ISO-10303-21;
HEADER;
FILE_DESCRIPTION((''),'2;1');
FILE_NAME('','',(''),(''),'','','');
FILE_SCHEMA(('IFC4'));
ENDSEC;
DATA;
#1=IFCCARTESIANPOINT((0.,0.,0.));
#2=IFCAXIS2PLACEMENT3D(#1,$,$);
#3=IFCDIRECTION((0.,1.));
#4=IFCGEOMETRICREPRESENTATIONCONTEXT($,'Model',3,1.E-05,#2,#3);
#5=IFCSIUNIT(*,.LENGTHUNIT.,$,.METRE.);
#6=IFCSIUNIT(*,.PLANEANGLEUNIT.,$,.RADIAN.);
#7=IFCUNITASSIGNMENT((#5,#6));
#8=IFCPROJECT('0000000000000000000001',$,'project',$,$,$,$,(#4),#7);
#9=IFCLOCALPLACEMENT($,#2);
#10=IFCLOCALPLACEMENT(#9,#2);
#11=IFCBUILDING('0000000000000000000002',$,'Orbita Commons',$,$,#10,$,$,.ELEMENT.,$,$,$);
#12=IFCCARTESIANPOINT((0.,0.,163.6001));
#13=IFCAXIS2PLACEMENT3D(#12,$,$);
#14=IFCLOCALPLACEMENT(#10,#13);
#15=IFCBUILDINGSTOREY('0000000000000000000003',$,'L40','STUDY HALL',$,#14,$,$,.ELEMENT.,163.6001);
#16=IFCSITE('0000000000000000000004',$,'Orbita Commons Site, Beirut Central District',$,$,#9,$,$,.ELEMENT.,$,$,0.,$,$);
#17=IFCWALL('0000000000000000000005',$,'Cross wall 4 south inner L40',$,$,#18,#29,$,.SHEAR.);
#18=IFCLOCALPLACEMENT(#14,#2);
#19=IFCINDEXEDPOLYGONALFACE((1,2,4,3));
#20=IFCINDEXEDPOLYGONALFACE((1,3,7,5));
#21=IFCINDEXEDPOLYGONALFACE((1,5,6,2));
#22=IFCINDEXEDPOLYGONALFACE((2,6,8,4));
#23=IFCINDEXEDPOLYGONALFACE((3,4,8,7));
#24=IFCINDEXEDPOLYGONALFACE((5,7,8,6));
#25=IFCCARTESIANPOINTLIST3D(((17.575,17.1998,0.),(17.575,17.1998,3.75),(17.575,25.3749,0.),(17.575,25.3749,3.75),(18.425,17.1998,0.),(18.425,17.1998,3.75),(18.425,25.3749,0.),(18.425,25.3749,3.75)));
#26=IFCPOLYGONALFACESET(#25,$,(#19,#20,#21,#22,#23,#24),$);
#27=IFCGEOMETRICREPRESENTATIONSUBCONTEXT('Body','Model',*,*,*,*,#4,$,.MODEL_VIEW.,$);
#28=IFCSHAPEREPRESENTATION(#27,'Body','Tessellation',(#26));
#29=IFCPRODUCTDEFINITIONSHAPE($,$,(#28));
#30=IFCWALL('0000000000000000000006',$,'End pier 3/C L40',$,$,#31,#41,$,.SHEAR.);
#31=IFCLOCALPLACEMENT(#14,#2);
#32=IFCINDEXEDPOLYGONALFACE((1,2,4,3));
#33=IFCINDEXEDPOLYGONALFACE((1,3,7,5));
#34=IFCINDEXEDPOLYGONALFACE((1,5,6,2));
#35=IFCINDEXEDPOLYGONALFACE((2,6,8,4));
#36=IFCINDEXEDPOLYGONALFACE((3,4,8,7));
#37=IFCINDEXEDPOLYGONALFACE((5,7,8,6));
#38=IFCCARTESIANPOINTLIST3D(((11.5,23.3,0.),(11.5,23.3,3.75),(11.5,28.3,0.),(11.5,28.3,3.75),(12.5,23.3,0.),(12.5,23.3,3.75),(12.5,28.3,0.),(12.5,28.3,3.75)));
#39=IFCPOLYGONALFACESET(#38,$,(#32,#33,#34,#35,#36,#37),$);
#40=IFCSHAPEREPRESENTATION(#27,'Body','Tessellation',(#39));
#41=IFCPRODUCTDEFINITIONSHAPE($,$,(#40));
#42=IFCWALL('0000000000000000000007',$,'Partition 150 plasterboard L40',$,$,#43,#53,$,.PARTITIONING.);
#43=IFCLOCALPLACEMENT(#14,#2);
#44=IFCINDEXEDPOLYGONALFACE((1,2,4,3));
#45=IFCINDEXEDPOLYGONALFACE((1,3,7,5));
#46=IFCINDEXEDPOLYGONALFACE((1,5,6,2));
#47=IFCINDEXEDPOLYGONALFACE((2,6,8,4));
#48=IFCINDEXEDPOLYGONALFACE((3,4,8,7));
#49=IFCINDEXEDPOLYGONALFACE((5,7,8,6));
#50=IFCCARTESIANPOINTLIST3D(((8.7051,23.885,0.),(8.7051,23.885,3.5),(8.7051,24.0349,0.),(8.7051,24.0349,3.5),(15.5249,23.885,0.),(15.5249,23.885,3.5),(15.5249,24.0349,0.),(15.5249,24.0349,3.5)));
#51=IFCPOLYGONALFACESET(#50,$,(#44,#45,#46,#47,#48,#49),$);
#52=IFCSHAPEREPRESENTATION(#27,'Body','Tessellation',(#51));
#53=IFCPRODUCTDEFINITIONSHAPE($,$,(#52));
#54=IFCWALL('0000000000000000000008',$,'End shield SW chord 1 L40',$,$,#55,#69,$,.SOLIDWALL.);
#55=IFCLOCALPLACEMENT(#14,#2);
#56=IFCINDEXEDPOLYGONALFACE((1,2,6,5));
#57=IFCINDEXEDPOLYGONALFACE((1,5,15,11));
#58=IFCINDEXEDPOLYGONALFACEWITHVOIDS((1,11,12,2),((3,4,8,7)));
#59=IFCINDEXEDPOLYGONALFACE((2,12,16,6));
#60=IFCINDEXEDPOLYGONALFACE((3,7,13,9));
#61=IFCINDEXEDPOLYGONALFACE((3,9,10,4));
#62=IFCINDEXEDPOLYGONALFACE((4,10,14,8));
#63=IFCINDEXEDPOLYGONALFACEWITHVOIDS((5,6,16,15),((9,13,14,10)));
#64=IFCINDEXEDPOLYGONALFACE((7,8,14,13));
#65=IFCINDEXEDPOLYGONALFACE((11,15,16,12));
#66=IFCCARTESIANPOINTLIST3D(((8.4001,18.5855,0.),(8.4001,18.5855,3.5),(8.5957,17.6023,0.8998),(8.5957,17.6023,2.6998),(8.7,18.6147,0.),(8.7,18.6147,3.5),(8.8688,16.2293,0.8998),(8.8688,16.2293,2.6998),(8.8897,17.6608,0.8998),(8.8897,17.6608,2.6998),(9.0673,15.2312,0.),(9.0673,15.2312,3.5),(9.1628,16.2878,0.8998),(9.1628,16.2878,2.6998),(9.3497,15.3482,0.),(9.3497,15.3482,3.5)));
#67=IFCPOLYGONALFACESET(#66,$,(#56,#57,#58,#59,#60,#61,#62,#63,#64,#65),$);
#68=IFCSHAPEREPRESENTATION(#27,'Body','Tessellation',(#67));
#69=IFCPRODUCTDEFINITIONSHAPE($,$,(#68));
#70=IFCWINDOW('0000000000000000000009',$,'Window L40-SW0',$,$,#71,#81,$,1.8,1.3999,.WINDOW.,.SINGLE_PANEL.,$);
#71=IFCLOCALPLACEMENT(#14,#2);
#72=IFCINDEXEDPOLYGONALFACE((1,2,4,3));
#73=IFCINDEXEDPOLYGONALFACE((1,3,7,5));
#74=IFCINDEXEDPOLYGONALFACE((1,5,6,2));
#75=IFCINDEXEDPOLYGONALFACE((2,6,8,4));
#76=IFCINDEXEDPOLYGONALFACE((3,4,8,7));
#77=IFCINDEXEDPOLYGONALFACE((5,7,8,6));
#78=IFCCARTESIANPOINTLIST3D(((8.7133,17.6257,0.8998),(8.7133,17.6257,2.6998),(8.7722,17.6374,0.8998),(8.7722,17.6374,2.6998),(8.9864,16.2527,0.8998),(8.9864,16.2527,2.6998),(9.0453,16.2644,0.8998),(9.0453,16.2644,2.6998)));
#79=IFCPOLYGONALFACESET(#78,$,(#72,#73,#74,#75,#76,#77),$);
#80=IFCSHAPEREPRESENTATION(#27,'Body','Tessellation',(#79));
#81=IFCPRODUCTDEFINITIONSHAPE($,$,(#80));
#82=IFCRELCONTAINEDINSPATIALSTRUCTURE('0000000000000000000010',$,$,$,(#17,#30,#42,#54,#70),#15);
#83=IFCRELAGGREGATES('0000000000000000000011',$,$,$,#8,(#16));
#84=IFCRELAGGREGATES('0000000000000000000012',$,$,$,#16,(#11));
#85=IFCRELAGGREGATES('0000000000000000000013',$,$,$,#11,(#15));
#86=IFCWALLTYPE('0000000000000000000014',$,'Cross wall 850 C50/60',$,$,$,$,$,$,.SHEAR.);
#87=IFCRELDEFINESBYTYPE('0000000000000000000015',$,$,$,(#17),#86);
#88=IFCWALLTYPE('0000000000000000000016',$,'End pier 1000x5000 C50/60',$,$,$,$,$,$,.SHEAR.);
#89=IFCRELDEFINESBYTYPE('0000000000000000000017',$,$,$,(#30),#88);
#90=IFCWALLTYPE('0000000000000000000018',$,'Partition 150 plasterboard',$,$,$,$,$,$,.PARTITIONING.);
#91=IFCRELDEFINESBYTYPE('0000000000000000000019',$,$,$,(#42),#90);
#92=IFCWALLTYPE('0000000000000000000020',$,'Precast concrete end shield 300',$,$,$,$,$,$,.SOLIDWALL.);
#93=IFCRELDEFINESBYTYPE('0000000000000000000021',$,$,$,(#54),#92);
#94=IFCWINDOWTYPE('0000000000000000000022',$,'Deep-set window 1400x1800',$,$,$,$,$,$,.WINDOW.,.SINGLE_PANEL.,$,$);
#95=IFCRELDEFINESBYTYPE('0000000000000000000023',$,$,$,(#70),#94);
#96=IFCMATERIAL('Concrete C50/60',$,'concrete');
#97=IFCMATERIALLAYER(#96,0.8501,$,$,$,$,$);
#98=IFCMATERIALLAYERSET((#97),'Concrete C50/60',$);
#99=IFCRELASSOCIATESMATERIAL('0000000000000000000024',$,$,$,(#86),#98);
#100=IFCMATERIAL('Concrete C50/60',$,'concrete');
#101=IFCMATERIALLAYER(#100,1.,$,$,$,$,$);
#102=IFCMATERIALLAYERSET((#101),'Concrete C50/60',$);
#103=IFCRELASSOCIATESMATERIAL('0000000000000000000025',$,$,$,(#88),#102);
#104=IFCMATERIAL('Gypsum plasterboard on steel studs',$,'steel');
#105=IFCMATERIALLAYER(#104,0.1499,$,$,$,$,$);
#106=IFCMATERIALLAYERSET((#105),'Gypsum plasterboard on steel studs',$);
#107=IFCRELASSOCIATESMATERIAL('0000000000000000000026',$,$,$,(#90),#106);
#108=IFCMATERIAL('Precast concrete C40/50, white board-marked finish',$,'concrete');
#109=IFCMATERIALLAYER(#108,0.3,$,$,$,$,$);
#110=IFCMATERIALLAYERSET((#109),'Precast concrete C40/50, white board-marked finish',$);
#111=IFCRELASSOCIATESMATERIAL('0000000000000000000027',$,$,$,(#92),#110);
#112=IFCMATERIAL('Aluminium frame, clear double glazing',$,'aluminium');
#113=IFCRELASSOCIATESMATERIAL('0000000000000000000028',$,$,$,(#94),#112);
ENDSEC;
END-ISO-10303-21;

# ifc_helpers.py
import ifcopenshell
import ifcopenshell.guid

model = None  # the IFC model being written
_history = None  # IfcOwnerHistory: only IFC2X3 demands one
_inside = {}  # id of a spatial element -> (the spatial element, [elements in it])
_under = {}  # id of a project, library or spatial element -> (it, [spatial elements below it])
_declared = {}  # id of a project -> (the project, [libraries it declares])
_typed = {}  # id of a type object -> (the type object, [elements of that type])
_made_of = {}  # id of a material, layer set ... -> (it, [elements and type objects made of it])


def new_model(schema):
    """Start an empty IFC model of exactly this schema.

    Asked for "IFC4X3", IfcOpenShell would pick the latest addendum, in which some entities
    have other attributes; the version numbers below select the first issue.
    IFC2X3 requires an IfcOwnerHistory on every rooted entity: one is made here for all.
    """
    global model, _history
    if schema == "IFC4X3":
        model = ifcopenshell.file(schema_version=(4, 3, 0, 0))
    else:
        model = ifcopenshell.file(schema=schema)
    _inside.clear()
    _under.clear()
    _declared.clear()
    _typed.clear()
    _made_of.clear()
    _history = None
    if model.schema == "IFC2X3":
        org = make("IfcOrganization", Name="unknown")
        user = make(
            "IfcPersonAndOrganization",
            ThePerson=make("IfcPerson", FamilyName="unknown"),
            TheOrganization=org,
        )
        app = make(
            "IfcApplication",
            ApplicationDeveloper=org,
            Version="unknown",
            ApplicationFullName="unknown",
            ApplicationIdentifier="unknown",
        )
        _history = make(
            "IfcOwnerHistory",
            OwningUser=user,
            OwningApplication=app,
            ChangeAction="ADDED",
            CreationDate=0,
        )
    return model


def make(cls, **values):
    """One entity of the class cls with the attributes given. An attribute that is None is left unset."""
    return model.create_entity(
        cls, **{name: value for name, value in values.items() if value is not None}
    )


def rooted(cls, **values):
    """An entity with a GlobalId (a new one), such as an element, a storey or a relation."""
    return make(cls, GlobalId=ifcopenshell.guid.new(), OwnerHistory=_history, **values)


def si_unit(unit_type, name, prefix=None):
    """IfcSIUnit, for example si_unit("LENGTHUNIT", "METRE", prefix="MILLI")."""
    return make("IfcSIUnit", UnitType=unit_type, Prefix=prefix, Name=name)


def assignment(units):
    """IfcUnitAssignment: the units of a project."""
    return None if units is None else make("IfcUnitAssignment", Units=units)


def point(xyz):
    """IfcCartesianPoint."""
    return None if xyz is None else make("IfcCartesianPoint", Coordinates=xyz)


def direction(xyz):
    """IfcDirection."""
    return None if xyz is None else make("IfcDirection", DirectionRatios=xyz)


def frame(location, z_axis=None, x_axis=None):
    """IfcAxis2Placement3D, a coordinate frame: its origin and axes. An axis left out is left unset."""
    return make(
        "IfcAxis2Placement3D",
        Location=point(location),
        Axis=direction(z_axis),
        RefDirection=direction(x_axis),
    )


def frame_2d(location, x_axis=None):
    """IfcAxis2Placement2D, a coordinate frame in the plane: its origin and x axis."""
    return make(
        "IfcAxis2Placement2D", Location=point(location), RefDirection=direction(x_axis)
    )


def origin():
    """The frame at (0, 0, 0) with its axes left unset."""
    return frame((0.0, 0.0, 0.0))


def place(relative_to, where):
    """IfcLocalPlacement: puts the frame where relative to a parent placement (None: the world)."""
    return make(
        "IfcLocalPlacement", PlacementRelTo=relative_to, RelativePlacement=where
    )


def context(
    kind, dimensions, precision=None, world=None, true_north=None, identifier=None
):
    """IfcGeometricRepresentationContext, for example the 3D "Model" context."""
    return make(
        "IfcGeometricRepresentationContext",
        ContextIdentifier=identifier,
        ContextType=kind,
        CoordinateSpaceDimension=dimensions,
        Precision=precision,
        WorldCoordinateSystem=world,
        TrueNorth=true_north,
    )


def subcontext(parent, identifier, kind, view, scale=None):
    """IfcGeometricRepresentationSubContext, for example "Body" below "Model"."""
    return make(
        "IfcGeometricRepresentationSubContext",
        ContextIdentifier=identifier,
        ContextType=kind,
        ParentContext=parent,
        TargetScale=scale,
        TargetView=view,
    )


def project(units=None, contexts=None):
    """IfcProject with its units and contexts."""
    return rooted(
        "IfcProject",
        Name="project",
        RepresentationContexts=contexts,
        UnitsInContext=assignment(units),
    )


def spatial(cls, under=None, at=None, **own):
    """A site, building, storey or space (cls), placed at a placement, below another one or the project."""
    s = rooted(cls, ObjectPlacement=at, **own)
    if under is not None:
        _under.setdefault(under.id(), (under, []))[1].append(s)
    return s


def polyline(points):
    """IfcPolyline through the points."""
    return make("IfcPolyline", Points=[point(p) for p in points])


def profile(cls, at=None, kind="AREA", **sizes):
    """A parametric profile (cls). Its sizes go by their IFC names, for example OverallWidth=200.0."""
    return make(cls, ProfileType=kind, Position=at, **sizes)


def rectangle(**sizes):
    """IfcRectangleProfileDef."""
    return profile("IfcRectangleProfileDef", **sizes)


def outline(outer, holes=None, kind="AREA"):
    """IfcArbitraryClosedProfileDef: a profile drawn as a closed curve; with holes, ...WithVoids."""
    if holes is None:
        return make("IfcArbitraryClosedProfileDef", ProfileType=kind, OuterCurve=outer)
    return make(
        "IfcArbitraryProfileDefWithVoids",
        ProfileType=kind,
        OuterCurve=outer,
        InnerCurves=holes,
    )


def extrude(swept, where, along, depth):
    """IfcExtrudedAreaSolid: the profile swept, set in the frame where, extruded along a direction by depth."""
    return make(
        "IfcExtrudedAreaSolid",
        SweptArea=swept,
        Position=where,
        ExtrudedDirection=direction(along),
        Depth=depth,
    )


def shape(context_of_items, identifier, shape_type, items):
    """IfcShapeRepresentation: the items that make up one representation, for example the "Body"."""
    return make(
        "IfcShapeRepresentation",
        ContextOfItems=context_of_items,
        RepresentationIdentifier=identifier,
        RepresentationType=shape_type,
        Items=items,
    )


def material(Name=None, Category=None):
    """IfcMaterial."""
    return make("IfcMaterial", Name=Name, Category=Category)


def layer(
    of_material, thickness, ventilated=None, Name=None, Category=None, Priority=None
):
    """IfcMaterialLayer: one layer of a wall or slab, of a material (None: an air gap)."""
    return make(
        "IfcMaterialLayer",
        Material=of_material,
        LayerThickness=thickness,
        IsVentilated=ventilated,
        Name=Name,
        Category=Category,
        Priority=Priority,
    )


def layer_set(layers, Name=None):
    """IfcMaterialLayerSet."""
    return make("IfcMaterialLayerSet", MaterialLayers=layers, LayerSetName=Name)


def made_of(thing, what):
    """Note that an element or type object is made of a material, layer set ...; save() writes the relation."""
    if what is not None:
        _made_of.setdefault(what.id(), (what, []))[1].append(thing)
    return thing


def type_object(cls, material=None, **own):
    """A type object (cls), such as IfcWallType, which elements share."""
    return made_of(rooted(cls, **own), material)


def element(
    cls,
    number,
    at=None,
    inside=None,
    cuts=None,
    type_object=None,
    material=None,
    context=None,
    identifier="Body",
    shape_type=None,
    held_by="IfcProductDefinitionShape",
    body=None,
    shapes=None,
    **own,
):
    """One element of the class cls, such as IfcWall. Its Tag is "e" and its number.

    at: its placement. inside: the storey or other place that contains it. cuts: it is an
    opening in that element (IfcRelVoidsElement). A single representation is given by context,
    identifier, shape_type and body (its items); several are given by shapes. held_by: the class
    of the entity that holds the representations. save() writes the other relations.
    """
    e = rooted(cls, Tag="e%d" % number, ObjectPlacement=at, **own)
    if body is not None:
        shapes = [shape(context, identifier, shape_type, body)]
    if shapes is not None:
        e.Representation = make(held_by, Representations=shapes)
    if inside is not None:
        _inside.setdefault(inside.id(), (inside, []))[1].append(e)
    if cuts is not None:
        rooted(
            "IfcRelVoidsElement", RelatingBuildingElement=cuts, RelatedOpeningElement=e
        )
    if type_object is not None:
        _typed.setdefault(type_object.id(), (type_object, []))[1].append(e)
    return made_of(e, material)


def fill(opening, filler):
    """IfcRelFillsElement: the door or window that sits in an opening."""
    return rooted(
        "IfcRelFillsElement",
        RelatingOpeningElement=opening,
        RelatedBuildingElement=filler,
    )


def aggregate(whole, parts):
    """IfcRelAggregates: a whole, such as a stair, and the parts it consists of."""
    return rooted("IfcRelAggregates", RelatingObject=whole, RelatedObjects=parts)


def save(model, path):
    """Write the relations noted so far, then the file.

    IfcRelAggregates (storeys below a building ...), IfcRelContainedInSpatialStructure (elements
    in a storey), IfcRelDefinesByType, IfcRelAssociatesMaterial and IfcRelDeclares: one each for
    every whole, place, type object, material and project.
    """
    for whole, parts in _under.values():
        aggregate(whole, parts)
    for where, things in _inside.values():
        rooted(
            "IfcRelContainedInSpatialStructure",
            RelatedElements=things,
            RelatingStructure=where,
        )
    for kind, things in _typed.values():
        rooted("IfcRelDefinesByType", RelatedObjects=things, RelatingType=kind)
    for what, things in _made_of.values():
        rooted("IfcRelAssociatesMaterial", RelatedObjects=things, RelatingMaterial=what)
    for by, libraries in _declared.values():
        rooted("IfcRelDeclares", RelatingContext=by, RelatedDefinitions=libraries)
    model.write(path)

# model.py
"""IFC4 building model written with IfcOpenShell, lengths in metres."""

from ifc_helpers import new_model, si_unit, direction, frame, frame_2d, origin, place, context, subcontext, project, spatial, polyline, rectangle, outline, extrude, material, layer, layer_set, type_object, element, fill, save


model = new_model("IFC4")

# Units and contexts
model_context = context("Model", 3, precision=1e-05, world=origin(), true_north=direction((0.0, 1.0)))
body_context = subcontext(model_context, "Body", "Model", "MODEL_VIEW")
ifc_project = project(units=[si_unit("LENGTHUNIT", "METRE"), si_unit("PLANEANGLEUNIT", "RADIAN")], contexts=[model_context])

# Site, building, storey
site_placement = place(None, origin())
site = spatial("IfcSite", under=ifc_project, at=site_placement, Name="Orbita Commons Site, Beirut Central District", CompositionType="ELEMENT", RefElevation=0.0)
building_placement = place(site_placement, origin())
building = spatial("IfcBuilding", under=site, at=building_placement, Name="Orbita Commons", CompositionType="ELEMENT")
storey_placement = place(building_placement, frame((0.0, 0.0, 163.6001)))
storey = spatial("IfcBuildingStorey", under=building, at=storey_placement, Name="L40", Description="STUDY HALL", CompositionType="ELEMENT", Elevation=163.6001)

# Walls
ifc_material_1 = material(Name="Concrete C50/60", Category="concrete")
ifc_layer_1 = layer(ifc_material_1, 0.8501)
ifc_layer_set_1 = layer_set([ifc_layer_1], Name="Concrete C50/60")
wall_type_1 = type_object("IfcWallType", Name="Cross wall 850 C50/60", PredefinedType="SHEAR", material=ifc_layer_set_1)
wall_1_placement = place(storey_placement, frame((18.0, 17.2, 0.0), z_axis=(0.0, 0.0, 1.0), x_axis=(0.0, 1.0, 0.0)))
element("IfcWall", 1, at=wall_1_placement, inside=storey, type_object=wall_type_1, Name="Cross wall 4 south inner L40", PredefinedType="SHEAR", context=body_context, shape_type="SweptSolid", body=[
    extrude(rectangle(XDim=8.175, YDim=0.8501, at=frame_2d((4.0874, 0.0))), origin(), (0.0, 0.0, 1.0), 3.75),
])
ifc_material_2 = material(Name="Concrete C50/60", Category="concrete")
ifc_layer_2 = layer(ifc_material_2, 1.0)
ifc_layer_set_2 = layer_set([ifc_layer_2], Name="Concrete C50/60")
wall_type_2 = type_object("IfcWallType", Name="End pier 1000x5000 C50/60", PredefinedType="SHEAR", material=ifc_layer_set_2)
wall_2_placement = place(storey_placement, frame((12.0, 23.3, 0.0), z_axis=(0.0, 0.0, 1.0), x_axis=(0.0, 1.0, 0.0)))
element("IfcWall", 2, at=wall_2_placement, inside=storey, type_object=wall_type_2, Name="End pier 3/C L40", PredefinedType="SHEAR", context=body_context, shape_type="SweptSolid", body=[
    extrude(rectangle(XDim=5.0, YDim=1.0, at=frame_2d((2.5, 0.0))), origin(), (0.0, 0.0, 1.0), 3.75),
])
ifc_material_3 = material(Name="Gypsum plasterboard on steel studs", Category="steel")
ifc_layer_3 = layer(ifc_material_3, 0.1499)
ifc_layer_set_3 = layer_set([ifc_layer_3], Name="Gypsum plasterboard on steel studs")
wall_type_3 = type_object("IfcWallType", Name="Partition 150 plasterboard", PredefinedType="PARTITIONING", material=ifc_layer_set_3)
wall_3_placement = place(storey_placement, frame((8.7051, 23.96, 0.0), z_axis=(0.0, 0.0, 1.0), x_axis=(1.0, 0.0, 0.0)))
element("IfcWall", 3, at=wall_3_placement, inside=storey, type_object=wall_type_3, Name="Partition 150 plasterboard L40", PredefinedType="PARTITIONING", context=body_context, shape_type="SweptSolid", body=[
    extrude(rectangle(XDim=6.8198, YDim=0.1499, at=frame_2d((3.4099, 0.0))), origin(), (0.0, 0.0, 1.0), 3.5),
])

# Wall, opening, window
ifc_material_4 = material(Name="Precast concrete C40/50, white board-marked finish", Category="concrete")
ifc_layer_4 = layer(ifc_material_4, 0.3)
ifc_layer_set_4 = layer_set([ifc_layer_4], Name="Precast concrete C40/50, white board-marked finish")
wall_type_4 = type_object("IfcWallType", Name="Precast concrete end shield 300", PredefinedType="SOLIDWALL", material=ifc_layer_set_4)
wall_4_placement = place(storey_placement, frame((8.55, 18.6001, 0.0), z_axis=(0.0, 0.0, 1.0), x_axis=(0.195087, -0.980786, 0.0)))
wall_4 = element("IfcWall", 4, at=wall_4_placement, inside=storey, type_object=wall_type_4, Name="End shield SW chord 1 L40", PredefinedType="SOLIDWALL", context=body_context, shape_type="SweptSolid", body=[
    extrude(outline(polyline([(-0.0149, -0.1499), (3.405, -0.1499), (3.3455, 0.1499), (0.0149, 0.1499), (-0.0149, -0.1499)])), origin(), (0.0, 0.0, 1.0), 3.5),
])
opening_1_placement = place(wall_4_placement, frame((0.9875, 0.0, 0.8999)))
opening_1 = element("IfcOpeningElement", 5, at=opening_1_placement, cuts=wall_4, PredefinedType="OPENING", context=body_context, shape_type="SweptSolid", body=[
    extrude(rectangle(XDim=1.3999, YDim=1.8, at=frame_2d((0.7, 0.8999))), frame((0.0, 0.1599, 0.0), z_axis=(0.0, -1.0, 0.0), x_axis=(1.0, 0.0, 0.0)), (0.0, 0.0, 1.0), 0.3201),
])
ifc_material_5 = material(Name="Aluminium frame, clear double glazing", Category="aluminium")
window_type = type_object("IfcWindowType", Name="Deep-set window 1400x1800", PartitioningType="SINGLE_PANEL", PredefinedType="WINDOW", material=ifc_material_5)
window_placement = place(opening_1_placement, origin())
window = element("IfcWindow", 6, at=window_placement, inside=storey, type_object=window_type, Name="Window L40-SW0", OverallHeight=1.8, OverallWidth=1.3999, PartitioningType="SINGLE_PANEL", PredefinedType="WINDOW", context=body_context, shape_type="SweptSolid", body=[
    extrude(rectangle(XDim=1.3999, YDim=1.8, at=frame_2d((0.7, 0.8999))), frame((0.0, 0.03, 0.0), z_axis=(0.0, -1.0, 0.0), x_axis=(1.0, 0.0, 0.0)), (0.0, 0.0, 1.0), 0.0601),
])
fill(opening_1, window)

save(model, "model.ifc")
